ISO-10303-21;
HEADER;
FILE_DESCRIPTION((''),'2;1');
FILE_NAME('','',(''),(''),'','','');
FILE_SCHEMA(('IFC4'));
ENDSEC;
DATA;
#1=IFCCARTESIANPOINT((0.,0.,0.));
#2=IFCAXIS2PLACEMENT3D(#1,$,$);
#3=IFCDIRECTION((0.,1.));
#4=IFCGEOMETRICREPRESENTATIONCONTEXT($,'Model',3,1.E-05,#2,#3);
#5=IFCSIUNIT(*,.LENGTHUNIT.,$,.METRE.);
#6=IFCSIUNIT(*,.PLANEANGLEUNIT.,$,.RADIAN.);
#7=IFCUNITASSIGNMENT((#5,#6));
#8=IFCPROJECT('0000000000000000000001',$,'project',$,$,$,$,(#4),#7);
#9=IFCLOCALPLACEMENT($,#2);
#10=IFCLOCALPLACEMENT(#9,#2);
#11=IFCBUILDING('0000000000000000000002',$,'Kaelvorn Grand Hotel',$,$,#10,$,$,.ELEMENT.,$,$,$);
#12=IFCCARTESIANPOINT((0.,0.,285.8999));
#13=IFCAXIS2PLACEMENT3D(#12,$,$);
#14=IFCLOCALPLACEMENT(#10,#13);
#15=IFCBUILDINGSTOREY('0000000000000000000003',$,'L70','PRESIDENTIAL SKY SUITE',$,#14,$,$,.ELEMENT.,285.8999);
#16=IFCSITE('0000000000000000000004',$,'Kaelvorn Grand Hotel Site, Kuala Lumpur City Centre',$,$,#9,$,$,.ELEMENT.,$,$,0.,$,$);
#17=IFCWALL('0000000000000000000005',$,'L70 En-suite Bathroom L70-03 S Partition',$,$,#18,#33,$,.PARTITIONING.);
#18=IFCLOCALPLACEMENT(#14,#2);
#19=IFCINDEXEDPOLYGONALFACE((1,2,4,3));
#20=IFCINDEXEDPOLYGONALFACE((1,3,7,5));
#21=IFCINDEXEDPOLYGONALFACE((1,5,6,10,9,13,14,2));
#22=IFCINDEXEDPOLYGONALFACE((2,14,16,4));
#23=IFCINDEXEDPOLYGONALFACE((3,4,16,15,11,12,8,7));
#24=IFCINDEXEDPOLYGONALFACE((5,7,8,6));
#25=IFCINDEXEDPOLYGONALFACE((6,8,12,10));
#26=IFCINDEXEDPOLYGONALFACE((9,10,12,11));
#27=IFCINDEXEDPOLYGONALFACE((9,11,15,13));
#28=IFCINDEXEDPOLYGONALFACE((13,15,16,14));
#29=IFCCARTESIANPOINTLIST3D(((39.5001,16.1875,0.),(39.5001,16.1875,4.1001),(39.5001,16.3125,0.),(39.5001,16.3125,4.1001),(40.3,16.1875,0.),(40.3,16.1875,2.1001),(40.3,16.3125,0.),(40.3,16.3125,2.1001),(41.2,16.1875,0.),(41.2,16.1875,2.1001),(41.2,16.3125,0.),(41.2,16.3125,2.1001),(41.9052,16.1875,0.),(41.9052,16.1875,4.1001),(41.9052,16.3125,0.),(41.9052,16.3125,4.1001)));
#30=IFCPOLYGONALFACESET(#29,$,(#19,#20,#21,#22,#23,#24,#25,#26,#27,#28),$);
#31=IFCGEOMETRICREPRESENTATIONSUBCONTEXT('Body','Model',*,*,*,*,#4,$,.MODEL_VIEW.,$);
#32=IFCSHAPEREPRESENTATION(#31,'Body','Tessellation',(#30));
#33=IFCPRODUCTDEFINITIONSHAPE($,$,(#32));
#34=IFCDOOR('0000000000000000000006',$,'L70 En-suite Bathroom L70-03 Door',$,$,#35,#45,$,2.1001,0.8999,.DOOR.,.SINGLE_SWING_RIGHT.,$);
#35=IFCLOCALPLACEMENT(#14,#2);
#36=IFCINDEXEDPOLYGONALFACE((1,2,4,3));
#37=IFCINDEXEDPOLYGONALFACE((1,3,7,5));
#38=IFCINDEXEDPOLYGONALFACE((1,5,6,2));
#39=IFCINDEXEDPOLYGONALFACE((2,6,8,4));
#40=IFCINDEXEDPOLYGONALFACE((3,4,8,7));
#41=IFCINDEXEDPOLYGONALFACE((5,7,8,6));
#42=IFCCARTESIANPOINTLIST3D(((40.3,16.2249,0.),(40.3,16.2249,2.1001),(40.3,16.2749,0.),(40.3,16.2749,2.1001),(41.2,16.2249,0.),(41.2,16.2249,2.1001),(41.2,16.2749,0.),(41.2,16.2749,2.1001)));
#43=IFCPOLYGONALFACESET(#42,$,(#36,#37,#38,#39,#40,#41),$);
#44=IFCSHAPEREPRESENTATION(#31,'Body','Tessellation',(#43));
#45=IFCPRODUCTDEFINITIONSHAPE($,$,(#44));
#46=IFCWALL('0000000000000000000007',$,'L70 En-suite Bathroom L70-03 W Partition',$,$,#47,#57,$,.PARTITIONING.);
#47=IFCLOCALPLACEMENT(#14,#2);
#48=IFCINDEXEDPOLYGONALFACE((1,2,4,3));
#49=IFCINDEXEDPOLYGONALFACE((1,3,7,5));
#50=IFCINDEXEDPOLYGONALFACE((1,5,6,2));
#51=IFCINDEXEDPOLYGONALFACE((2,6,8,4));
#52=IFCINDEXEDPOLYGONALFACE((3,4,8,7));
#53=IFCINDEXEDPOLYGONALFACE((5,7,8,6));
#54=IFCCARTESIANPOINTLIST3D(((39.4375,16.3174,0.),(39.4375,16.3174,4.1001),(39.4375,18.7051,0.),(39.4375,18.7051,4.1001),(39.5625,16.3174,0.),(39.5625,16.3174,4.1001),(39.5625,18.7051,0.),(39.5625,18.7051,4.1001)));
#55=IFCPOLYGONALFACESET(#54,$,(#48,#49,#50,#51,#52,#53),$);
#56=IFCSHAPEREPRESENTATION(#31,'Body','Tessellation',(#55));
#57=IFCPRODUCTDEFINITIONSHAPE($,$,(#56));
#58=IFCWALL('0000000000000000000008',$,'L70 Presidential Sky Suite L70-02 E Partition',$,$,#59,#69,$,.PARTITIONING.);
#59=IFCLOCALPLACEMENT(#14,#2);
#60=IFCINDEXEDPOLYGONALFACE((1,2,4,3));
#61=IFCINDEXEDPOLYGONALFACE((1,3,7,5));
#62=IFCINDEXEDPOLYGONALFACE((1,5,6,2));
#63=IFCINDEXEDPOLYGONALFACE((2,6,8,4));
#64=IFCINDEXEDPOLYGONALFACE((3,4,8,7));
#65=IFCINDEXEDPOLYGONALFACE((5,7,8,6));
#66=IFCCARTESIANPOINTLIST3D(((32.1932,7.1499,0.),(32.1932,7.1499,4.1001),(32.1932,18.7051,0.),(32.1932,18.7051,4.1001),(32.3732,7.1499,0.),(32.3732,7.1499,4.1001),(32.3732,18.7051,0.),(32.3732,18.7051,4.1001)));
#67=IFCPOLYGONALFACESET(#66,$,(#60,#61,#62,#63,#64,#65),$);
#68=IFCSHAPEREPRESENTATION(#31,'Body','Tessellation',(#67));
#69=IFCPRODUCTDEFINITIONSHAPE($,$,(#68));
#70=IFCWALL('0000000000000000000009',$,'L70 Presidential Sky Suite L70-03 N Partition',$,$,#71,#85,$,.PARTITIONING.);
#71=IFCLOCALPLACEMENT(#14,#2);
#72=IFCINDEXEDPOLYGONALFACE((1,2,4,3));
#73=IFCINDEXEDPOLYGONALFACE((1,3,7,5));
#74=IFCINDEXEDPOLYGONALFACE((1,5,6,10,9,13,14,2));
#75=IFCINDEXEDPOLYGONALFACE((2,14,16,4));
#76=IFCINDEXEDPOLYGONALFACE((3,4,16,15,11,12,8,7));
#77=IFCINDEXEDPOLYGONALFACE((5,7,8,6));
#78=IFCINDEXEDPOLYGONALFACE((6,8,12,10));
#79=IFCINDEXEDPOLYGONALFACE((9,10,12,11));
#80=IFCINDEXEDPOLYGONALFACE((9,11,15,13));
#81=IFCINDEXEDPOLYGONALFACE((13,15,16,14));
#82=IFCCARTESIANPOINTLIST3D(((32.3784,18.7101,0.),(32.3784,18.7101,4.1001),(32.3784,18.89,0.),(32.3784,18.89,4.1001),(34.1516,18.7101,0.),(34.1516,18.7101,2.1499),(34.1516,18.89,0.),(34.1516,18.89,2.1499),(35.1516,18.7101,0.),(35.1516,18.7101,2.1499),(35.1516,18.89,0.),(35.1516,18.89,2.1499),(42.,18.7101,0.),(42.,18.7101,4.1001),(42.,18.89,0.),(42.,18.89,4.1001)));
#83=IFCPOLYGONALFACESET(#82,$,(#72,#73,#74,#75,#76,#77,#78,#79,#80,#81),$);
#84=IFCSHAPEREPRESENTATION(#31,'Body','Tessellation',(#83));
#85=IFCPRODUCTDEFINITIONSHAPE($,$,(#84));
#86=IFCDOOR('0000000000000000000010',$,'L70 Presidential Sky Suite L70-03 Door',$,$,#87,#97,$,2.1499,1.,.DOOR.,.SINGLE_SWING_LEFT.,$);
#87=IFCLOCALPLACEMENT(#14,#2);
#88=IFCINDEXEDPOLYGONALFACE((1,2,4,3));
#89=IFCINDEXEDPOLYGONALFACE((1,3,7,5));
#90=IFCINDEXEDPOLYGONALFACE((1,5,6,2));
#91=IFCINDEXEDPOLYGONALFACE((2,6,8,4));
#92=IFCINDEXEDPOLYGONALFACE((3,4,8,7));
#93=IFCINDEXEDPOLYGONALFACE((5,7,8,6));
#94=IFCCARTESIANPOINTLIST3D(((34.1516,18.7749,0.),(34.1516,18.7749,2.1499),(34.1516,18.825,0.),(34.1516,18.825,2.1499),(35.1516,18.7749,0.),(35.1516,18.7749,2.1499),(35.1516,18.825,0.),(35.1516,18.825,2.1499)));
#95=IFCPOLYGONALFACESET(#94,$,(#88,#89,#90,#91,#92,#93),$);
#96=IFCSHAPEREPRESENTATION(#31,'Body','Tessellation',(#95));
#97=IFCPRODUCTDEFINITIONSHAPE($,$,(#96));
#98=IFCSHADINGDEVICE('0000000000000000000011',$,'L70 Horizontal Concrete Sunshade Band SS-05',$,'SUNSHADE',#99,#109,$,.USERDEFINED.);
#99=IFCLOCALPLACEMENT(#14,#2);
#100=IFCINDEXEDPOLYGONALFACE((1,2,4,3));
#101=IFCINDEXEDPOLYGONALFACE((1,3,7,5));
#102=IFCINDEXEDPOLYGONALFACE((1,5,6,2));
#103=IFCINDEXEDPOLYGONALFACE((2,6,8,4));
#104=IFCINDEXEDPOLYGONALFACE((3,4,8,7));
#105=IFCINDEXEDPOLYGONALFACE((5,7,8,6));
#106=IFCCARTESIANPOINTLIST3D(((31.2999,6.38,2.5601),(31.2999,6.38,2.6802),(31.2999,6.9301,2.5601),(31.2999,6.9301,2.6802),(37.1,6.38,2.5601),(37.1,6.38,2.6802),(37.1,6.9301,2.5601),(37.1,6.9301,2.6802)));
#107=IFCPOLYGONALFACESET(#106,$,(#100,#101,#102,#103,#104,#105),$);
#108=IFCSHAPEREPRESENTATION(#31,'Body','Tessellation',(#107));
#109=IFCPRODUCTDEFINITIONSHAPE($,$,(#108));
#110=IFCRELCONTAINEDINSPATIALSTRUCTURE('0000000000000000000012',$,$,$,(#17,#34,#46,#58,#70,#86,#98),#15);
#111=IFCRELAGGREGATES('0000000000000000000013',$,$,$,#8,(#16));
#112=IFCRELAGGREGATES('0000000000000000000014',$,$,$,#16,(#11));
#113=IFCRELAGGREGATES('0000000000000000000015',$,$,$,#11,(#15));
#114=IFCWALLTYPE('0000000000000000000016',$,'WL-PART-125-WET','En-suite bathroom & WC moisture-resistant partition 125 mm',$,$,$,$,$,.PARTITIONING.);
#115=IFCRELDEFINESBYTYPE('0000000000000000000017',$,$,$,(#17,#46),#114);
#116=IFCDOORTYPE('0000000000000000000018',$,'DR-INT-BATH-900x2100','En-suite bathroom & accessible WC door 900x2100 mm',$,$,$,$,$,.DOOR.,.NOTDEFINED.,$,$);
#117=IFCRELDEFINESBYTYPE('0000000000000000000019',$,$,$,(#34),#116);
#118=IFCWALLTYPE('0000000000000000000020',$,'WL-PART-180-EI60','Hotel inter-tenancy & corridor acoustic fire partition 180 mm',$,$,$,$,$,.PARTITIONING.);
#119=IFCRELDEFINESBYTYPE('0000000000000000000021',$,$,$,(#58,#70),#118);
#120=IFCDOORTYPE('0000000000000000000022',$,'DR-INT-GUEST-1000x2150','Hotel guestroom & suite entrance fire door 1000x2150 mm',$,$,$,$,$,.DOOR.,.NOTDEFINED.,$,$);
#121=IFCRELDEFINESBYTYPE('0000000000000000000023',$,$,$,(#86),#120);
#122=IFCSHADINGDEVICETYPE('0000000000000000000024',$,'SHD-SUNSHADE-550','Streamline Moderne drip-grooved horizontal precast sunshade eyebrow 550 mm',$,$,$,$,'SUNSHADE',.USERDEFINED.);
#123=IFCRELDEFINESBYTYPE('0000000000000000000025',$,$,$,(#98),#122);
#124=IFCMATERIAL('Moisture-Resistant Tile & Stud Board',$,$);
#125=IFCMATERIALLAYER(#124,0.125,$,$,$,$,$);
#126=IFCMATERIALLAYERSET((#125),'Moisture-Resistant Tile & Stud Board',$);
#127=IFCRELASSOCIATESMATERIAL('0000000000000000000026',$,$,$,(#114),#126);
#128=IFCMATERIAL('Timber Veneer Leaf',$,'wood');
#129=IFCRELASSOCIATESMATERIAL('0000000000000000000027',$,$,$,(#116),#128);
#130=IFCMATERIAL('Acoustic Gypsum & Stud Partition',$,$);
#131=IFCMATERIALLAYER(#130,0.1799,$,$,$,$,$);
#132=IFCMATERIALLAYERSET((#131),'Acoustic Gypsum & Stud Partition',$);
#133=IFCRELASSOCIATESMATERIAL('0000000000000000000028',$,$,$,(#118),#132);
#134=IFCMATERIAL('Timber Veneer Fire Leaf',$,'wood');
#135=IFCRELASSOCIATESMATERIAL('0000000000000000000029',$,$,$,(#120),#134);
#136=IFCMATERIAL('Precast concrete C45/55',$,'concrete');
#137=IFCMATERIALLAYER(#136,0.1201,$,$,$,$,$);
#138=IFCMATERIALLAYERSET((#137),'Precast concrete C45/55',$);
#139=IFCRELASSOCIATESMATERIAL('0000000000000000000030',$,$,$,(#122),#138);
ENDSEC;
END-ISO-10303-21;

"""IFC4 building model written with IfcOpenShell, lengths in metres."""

from ifc_helpers import new_model, si_unit, direction, frame, frame_2d, origin, origin_2d, place, context, subcontext, project, spatial, rectangle, extrude, material, layer, layer_set, type_object, element, fill, save


model = new_model("IFC4")

# Units and contexts
model_context = context("Model", 3, precision=1e-05, world=origin(), true_north=direction((0.0, 1.0)))
body_context = subcontext(model_context, "Body", "Model", "MODEL_VIEW")
ifc_project = project(units=[si_unit("LENGTHUNIT", "METRE"), si_unit("PLANEANGLEUNIT", "RADIAN")], contexts=[model_context])

# Site, building, storey
site_placement = place(None, origin())
site = spatial("IfcSite", under=ifc_project, at=site_placement, Name="Kaelvorn Grand Hotel Site, Kuala Lumpur City Centre", CompositionType="ELEMENT", RefElevation=0.0)
building_placement = place(site_placement, origin())
building = spatial("IfcBuilding", under=site, at=building_placement, Name="Kaelvorn Grand Hotel", CompositionType="ELEMENT")
storey_placement = place(building_placement, frame((0.0, 0.0, 285.8999)))
storey = spatial("IfcBuildingStorey", under=building, at=storey_placement, Name="L70", Description="PRESIDENTIAL SKY SUITE", CompositionType="ELEMENT", Elevation=285.8999)

# Shared definitions
ifc_material_1 = material(Name="Moisture-Resistant Tile & Stud Board")
ifc_layer_1 = layer(ifc_material_1, 0.125)
ifc_layer_set_1 = layer_set([ifc_layer_1], Name="Moisture-Resistant Tile & Stud Board")
wall_type_1 = type_object("IfcWallType", Name="WL-PART-125-WET", Description="En-suite bathroom & WC moisture-resistant partition 125 mm", PredefinedType="PARTITIONING", material=ifc_layer_set_1)
ifc_material_2 = material(Name="Timber Veneer Leaf", Category="wood")
door_type_1 = type_object("IfcDoorType", Name="DR-INT-BATH-900x2100", Description="En-suite bathroom & accessible WC door 900x2100 mm", OperationType="NOTDEFINED", PredefinedType="DOOR", material=ifc_material_2)

# Wall, opening, door
wall_1_placement = place(storey_placement, frame((39.5, 16.25, 0.0), z_axis=(0.0, 0.0, 1.0), x_axis=(1.0, 0.0, 0.0)))
wall_1 = element("IfcWall", 1, at=wall_1_placement, inside=storey, type_object=wall_type_1, Name="L70 En-suite Bathroom L70-03 S Partition", PredefinedType="PARTITIONING", context=body_context, shape_type="SweptSolid", body=[
    extrude(rectangle(XDim=2.405, YDim=0.125, at=frame_2d((1.2026, 0.0))), origin(), (0.0, 0.0, 1.0), 4.1001),
])
opening_1_placement = place(wall_1_placement, frame((0.8, 0.0, 0.0)))
opening_1 = element("IfcOpeningElement", 2, at=opening_1_placement, cuts=wall_1, PredefinedType="OPENING", context=body_context, shape_type="SweptSolid", body=[
    extrude(rectangle(XDim=0.8999, YDim=2.1001, at=frame_2d((0.45, 1.05))), frame((0.0, 0.0725, 0.0), z_axis=(0.0, -1.0, 0.0), x_axis=(1.0, 0.0, 0.0)), (0.0, 0.0, 1.0), 0.145),
])
door_1_placement = place(opening_1_placement, origin())
door_1 = element("IfcDoor", 3, at=door_1_placement, inside=storey, type_object=door_type_1, Name="L70 En-suite Bathroom L70-03 Door", OperationType="SINGLE_SWING_RIGHT", OverallHeight=2.1001, OverallWidth=0.8999, PredefinedType="DOOR", context=body_context, shape_type="SweptSolid", body=[
    extrude(rectangle(XDim=0.8999, YDim=2.1001, at=frame_2d((0.45, 1.05))), frame((0.0, 0.0249, 0.0), z_axis=(0.0, -1.0, 0.0), x_axis=(1.0, 0.0, 0.0)), (0.0, 0.0, 1.0), 0.05),
])
fill(opening_1, door_1)

# Walls
wall_2_placement = place(storey_placement, frame((39.5, 16.3174, 0.0), z_axis=(0.0, 0.0, 1.0), x_axis=(0.0, 1.0, 0.0)))
element("IfcWall", 4, at=wall_2_placement, inside=storey, type_object=wall_type_1, Name="L70 En-suite Bathroom L70-03 W Partition", PredefinedType="PARTITIONING", context=body_context, shape_type="SweptSolid", body=[
    extrude(rectangle(XDim=2.3877, YDim=0.125, at=frame_2d((1.1938, 0.0))), origin(), (0.0, 0.0, 1.0), 4.1001),
])
ifc_material_3 = material(Name="Acoustic Gypsum & Stud Partition")
ifc_layer_2 = layer(ifc_material_3, 0.1799)
ifc_layer_set_2 = layer_set([ifc_layer_2], Name="Acoustic Gypsum & Stud Partition")
wall_type_2 = type_object("IfcWallType", Name="WL-PART-180-EI60", Description="Hotel inter-tenancy & corridor acoustic fire partition 180 mm", PredefinedType="PARTITIONING", material=ifc_layer_set_2)
wall_3_placement = place(storey_placement, frame((32.2832, 7.1499, 0.0), z_axis=(0.0, 0.0, 1.0), x_axis=(0.0, 1.0, 0.0)))
element("IfcWall", 5, at=wall_3_placement, inside=storey, type_object=wall_type_2, Name="L70 Presidential Sky Suite L70-02 E Partition", PredefinedType="PARTITIONING", context=body_context, shape_type="SweptSolid", body=[
    extrude(rectangle(XDim=11.5552, YDim=0.1799, at=frame_2d((5.7776, 0.0))), origin(), (0.0, 0.0, 1.0), 4.1001),
])

# Wall, opening, door
wall_4_placement = place(storey_placement, frame((32.3784, 18.8, 0.0), z_axis=(0.0, 0.0, 1.0), x_axis=(1.0, 0.0, 0.0)))
wall_4 = element("IfcWall", 6, at=wall_4_placement, inside=storey, type_object=wall_type_2, Name="L70 Presidential Sky Suite L70-03 N Partition", PredefinedType="PARTITIONING", context=body_context, shape_type="SweptSolid", body=[
    extrude(rectangle(XDim=9.6216, YDim=0.1799, at=frame_2d((4.8108, 0.0))), origin(), (0.0, 0.0, 1.0), 4.1001),
])
opening_2_placement = place(wall_4_placement, frame((1.7732, 0.0, 0.0)))
opening_2 = element("IfcOpeningElement", 7, at=opening_2_placement, cuts=wall_4, PredefinedType="OPENING", context=body_context, shape_type="SweptSolid", body=[
    extrude(rectangle(XDim=1.0, YDim=2.1499, at=frame_2d((0.5, 1.075))), frame((0.0, 0.1001, 0.0), z_axis=(0.0, -1.0, 0.0), x_axis=(1.0, 0.0, 0.0)), (0.0, 0.0, 1.0), 0.2),
])
ifc_material_4 = material(Name="Timber Veneer Fire Leaf", Category="wood")
door_type_2 = type_object("IfcDoorType", Name="DR-INT-GUEST-1000x2150", Description="Hotel guestroom & suite entrance fire door 1000x2150 mm", OperationType="NOTDEFINED", PredefinedType="DOOR", material=ifc_material_4)
door_2_placement = place(opening_2_placement, origin())
door_2 = element("IfcDoor", 8, at=door_2_placement, inside=storey, type_object=door_type_2, Name="L70 Presidential Sky Suite L70-03 Door", OperationType="SINGLE_SWING_LEFT", OverallHeight=2.1499, OverallWidth=1.0, PredefinedType="DOOR", context=body_context, shape_type="SweptSolid", body=[
    extrude(rectangle(XDim=1.0, YDim=2.1499, at=frame_2d((0.5, 1.075))), frame((0.0, 0.0249, 0.0), z_axis=(0.0, -1.0, 0.0), x_axis=(1.0, 0.0, 0.0)), (0.0, 0.0, 1.0), 0.05),
])
fill(opening_2, door_2)

# Shading device
ifc_material_5 = material(Name="Precast concrete C45/55", Category="concrete")
ifc_layer_3 = layer(ifc_material_5, 0.1201)
ifc_layer_set_3 = layer_set([ifc_layer_3], Name="Precast concrete C45/55")
shading_device_type = type_object("IfcShadingDeviceType", Name="SHD-SUNSHADE-550", Description="Streamline Moderne drip-grooved horizontal precast sunshade eyebrow 550 mm", ElementType="SUNSHADE", PredefinedType="USERDEFINED", material=ifc_layer_set_3)
shading_device_placement = place(storey_placement, frame((34.2, 6.655, 2.5601), z_axis=(0.0, 0.0, 1.0), x_axis=(1.0, 0.0, 0.0)))
element("IfcShadingDevice", 9, at=shading_device_placement, inside=storey, type_object=shading_device_type, Name="L70 Horizontal Concrete Sunshade Band SS-05", ObjectType="SUNSHADE", PredefinedType="USERDEFINED", context=body_context, shape_type="SweptSolid", body=[
    extrude(rectangle(XDim=5.8, YDim=0.55, at=origin_2d()), origin(), (0.0, 0.0, 1.0), 0.1201),
])

save(model, "model.ifc")
